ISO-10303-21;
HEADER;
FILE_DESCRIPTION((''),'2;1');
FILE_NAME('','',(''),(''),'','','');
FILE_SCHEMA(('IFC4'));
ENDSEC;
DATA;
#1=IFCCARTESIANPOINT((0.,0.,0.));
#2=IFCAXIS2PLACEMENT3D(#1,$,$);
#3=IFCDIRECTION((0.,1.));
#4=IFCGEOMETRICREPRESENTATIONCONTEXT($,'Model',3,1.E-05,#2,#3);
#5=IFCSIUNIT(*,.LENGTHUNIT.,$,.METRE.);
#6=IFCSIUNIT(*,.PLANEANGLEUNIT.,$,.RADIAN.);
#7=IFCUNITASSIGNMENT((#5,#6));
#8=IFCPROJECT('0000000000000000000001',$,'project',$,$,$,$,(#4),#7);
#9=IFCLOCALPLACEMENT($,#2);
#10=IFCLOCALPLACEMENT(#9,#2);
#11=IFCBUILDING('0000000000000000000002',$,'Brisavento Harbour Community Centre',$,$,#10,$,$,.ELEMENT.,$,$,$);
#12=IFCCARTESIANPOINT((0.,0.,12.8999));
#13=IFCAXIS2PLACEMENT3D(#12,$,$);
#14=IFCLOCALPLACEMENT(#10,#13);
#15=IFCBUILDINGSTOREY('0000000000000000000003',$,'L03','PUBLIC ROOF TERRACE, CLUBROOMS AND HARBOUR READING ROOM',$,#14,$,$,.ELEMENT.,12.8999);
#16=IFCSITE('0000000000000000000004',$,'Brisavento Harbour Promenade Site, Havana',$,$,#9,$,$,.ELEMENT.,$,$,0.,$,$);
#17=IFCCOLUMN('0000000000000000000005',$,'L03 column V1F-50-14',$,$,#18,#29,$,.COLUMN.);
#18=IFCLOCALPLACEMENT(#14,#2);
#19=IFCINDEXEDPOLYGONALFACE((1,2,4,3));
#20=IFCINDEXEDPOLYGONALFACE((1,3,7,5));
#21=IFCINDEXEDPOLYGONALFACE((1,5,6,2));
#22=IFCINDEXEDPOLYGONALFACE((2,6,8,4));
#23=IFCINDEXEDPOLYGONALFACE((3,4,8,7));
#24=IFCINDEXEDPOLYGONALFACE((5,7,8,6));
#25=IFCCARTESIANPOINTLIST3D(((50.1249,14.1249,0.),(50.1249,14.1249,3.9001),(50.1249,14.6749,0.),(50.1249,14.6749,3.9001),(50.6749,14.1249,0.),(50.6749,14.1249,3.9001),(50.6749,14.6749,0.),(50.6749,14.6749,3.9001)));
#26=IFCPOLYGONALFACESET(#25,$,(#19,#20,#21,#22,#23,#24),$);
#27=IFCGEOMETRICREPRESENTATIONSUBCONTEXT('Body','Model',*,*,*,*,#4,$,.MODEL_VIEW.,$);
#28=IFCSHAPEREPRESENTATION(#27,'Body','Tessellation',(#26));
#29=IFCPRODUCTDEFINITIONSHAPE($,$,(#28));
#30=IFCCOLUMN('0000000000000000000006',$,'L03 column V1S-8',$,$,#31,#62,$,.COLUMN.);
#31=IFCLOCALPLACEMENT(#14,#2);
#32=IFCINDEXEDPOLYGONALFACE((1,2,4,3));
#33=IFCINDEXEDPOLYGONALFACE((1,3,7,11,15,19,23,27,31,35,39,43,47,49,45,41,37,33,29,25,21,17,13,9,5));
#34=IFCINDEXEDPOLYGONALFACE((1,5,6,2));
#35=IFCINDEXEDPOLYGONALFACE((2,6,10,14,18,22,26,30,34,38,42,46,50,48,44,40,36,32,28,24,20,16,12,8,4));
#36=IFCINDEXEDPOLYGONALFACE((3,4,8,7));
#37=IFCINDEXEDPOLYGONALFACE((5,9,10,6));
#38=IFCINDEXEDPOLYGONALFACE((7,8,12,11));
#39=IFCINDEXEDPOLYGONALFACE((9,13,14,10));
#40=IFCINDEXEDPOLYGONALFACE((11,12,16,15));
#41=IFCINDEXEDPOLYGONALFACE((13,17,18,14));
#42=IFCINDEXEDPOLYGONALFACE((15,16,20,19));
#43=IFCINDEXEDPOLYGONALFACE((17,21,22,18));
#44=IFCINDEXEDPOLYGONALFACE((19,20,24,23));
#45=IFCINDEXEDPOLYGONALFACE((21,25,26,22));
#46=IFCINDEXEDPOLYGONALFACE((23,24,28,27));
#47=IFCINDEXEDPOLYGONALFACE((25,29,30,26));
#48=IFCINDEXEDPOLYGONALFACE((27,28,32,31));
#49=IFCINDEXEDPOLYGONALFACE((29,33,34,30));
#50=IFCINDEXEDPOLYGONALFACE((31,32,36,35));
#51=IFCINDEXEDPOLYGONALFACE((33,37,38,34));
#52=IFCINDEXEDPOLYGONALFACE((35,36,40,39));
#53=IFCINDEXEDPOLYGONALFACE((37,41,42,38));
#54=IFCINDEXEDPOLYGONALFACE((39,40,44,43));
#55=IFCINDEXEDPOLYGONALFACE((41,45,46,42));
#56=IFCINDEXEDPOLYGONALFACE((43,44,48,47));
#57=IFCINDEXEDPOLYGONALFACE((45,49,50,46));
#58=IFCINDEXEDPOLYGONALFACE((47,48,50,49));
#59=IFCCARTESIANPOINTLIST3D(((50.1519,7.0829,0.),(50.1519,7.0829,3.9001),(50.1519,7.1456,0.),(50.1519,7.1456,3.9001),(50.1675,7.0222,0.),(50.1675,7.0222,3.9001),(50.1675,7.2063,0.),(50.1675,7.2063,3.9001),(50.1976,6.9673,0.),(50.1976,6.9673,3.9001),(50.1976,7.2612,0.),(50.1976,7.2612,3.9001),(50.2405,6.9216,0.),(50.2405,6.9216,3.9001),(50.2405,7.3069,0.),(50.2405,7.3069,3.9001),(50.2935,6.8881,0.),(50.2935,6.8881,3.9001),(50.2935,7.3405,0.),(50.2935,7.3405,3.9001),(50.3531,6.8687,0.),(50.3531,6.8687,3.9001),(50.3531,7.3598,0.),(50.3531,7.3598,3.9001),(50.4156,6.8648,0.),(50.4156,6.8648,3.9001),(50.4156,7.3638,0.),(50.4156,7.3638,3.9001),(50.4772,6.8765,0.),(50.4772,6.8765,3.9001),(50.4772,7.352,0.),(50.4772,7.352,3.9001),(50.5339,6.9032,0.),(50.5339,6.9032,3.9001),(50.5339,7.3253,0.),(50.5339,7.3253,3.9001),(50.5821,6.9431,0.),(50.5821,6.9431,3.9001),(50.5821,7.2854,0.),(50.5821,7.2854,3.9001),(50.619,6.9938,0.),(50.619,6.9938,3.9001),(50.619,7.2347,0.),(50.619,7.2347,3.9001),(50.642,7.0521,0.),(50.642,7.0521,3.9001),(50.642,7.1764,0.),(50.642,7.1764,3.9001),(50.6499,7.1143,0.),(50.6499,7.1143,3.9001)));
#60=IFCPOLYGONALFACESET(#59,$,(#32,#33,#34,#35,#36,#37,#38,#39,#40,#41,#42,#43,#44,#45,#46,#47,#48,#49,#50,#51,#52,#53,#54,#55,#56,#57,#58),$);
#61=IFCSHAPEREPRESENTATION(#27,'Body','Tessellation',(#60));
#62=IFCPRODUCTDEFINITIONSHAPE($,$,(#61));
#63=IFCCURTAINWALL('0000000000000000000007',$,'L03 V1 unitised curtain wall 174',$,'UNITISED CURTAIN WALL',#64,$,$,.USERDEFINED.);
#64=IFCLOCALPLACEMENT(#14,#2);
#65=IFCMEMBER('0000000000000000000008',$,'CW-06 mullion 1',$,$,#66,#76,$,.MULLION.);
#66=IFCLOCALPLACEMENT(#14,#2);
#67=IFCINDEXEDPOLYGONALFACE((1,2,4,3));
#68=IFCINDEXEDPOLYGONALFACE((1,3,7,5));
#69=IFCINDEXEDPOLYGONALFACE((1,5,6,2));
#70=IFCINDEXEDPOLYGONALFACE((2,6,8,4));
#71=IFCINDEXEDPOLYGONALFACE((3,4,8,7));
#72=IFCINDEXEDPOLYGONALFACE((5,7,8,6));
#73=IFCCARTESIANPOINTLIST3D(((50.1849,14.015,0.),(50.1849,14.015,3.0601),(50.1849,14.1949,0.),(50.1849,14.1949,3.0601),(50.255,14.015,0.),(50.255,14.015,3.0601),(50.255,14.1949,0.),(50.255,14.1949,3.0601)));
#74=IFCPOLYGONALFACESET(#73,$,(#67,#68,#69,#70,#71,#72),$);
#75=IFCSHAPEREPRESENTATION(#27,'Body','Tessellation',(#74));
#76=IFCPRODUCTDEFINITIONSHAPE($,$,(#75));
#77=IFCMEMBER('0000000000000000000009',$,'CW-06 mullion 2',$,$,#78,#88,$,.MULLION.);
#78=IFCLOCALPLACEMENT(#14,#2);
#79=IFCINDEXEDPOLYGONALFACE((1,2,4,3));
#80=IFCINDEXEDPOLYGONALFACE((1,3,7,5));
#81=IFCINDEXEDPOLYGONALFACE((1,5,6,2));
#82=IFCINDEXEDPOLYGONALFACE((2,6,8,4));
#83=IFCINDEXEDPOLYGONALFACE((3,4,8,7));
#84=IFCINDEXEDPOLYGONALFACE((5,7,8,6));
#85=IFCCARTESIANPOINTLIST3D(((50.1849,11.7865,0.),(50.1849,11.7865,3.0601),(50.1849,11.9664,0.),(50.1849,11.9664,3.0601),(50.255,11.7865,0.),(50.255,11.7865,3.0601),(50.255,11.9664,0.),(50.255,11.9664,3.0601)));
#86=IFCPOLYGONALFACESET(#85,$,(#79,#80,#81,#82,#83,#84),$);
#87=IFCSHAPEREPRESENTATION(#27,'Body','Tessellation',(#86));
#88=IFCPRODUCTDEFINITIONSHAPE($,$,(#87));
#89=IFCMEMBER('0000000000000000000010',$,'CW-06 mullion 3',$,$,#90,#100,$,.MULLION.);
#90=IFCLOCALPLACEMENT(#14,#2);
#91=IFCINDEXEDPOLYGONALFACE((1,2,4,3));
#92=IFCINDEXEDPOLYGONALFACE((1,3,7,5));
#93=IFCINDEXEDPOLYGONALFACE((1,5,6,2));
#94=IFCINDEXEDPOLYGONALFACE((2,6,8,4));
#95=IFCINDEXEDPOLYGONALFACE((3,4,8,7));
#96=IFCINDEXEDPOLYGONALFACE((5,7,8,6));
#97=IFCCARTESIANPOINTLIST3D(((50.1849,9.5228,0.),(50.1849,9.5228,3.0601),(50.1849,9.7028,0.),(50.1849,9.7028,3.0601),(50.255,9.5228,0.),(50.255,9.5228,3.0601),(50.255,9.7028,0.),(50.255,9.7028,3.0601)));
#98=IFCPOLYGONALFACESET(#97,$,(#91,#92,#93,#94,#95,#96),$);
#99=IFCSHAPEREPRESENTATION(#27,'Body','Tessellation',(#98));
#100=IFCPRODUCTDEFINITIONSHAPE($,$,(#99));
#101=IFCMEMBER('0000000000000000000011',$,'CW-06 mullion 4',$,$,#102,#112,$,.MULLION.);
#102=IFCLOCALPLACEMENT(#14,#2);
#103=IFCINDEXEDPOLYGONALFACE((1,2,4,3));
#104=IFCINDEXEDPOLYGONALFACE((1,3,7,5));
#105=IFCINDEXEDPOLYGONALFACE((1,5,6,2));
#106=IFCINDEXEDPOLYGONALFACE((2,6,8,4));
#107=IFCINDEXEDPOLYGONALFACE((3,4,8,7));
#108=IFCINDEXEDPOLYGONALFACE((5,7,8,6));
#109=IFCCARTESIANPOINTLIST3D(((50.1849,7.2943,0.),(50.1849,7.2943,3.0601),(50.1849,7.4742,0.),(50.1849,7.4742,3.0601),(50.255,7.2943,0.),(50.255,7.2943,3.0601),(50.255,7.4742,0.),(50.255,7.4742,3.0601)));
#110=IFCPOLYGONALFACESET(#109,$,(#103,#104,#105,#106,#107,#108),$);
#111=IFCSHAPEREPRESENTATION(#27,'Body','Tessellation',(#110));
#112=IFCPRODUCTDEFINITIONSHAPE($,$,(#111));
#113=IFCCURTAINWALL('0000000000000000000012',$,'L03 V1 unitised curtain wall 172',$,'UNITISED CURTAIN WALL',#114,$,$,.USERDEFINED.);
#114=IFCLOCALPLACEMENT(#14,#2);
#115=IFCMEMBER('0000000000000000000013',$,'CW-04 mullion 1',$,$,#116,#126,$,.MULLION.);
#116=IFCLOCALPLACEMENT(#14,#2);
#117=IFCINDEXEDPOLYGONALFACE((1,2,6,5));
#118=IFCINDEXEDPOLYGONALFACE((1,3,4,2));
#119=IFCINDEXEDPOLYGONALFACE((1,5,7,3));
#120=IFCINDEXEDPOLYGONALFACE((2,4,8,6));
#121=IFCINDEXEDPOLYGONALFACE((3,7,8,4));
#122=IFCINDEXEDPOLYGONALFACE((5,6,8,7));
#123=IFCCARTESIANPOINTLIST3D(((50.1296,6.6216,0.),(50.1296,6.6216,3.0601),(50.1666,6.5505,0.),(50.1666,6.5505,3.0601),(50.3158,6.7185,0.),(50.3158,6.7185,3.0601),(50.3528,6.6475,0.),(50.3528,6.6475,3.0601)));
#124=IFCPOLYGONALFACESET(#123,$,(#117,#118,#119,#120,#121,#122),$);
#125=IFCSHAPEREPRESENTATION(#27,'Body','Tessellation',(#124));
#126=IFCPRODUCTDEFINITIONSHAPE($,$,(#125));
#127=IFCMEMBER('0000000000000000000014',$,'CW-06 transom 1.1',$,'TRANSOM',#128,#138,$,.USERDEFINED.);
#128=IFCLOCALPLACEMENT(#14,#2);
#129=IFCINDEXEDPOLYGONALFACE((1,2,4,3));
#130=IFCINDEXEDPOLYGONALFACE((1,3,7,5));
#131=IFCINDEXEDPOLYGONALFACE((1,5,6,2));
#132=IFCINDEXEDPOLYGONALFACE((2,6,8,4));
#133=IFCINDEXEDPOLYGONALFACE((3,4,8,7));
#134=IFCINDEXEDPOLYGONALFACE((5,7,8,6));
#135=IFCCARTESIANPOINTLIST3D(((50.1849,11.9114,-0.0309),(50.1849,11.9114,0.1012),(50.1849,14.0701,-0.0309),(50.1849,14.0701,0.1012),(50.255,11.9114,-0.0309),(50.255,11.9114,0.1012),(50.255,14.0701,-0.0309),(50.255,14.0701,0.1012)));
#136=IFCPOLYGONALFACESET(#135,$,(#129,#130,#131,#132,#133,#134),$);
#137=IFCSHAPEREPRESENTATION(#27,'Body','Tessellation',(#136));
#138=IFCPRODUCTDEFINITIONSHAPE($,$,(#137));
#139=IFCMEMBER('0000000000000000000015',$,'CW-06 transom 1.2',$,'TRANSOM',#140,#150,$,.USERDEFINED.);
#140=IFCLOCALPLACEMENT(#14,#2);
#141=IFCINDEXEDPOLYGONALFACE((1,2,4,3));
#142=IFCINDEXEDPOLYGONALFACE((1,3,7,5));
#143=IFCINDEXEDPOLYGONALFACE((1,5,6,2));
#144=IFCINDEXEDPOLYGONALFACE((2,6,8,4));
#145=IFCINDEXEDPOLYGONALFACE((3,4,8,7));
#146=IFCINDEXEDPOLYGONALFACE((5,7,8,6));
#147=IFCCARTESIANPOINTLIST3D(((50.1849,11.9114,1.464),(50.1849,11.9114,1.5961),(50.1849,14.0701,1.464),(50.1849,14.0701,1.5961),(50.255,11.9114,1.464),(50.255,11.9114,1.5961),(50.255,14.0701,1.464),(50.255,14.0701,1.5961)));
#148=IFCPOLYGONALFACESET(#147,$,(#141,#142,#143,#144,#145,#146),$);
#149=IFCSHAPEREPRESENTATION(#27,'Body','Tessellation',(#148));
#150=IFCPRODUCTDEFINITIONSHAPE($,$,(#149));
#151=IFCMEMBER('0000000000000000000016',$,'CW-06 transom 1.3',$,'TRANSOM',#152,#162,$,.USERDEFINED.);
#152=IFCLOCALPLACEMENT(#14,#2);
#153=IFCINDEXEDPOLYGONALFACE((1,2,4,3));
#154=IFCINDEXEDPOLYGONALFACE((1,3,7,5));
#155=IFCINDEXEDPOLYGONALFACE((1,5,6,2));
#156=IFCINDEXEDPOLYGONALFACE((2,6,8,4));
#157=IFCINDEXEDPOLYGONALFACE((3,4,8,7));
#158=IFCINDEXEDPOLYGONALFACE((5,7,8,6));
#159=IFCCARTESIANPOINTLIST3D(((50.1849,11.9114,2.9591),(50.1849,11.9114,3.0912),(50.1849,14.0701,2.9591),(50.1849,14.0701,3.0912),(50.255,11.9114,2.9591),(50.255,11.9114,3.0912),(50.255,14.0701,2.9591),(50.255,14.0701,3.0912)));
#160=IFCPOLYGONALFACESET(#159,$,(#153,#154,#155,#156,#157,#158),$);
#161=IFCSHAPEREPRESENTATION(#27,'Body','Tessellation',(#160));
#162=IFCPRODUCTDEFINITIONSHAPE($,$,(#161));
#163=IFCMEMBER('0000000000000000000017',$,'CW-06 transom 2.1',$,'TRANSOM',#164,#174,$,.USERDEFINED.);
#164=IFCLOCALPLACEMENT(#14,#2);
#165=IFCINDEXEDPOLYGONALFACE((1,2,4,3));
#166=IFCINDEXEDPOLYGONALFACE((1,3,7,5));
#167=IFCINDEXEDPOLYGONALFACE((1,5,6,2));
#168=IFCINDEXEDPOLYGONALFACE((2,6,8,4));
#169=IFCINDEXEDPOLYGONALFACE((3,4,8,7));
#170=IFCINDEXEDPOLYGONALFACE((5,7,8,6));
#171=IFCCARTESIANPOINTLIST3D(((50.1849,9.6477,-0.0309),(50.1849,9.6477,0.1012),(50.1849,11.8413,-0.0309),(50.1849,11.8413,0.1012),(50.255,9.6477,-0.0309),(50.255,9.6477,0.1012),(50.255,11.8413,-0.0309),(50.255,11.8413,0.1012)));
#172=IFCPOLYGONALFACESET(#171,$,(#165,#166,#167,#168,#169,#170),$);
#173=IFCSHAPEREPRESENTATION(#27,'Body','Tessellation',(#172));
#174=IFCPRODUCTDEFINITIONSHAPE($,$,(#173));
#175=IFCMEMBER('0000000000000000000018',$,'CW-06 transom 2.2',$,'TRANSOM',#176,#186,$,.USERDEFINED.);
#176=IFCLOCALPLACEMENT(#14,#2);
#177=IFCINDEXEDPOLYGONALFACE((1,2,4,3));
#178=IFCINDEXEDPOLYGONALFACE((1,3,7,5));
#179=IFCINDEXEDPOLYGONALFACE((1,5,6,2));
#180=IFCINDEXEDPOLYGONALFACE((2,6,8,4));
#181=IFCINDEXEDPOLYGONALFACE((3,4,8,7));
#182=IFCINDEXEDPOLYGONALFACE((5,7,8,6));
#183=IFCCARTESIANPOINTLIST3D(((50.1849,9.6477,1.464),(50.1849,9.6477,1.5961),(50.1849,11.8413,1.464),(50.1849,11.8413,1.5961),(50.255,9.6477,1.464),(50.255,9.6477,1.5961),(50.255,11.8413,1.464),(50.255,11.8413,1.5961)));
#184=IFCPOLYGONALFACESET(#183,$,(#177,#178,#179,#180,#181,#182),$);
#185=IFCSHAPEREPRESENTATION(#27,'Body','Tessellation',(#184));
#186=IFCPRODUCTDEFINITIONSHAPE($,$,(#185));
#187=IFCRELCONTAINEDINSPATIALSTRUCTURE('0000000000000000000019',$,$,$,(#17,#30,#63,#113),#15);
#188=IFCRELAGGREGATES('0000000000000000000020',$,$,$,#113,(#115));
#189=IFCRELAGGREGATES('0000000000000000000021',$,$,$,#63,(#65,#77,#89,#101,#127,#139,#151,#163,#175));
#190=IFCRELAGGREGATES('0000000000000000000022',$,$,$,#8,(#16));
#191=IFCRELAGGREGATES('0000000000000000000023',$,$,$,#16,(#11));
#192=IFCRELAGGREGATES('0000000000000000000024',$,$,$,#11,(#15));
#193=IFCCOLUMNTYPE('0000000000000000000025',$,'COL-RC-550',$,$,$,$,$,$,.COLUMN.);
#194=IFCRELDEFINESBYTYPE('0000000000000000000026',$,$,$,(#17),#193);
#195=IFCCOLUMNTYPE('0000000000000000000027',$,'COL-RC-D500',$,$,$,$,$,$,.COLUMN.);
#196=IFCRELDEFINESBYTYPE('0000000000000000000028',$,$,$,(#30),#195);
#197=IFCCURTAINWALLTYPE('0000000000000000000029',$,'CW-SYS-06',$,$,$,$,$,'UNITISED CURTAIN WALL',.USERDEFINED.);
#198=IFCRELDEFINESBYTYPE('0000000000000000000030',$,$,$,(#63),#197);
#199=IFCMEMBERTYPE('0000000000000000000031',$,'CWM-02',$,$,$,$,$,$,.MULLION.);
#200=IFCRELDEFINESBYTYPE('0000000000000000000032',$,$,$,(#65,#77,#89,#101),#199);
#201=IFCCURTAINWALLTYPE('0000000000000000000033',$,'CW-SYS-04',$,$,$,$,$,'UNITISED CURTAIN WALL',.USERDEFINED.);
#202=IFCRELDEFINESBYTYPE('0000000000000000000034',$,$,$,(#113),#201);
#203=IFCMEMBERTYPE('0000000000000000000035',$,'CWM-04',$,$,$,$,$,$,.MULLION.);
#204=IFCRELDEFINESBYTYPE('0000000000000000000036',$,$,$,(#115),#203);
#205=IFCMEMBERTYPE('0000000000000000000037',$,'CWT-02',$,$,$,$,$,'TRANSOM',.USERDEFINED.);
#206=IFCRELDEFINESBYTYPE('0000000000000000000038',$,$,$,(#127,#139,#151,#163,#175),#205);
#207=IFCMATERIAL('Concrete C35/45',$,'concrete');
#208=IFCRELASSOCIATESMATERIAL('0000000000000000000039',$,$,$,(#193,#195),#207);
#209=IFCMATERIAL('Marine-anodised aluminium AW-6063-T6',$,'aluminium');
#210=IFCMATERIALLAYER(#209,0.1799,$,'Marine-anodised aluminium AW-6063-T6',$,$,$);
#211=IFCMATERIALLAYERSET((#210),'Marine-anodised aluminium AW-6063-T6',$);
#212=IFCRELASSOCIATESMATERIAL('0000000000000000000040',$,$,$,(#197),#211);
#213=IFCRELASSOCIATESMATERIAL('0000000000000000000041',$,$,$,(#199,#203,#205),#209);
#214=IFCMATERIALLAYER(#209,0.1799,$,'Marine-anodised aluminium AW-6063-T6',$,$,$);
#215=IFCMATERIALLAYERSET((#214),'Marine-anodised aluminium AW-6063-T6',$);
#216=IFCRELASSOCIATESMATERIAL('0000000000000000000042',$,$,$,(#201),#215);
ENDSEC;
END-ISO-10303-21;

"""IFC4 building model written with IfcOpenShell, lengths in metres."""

from ifc_helpers import new_model, si_unit, direction, frame, origin, origin_2d, place, context, subcontext, project, spatial, rectangle, circle, extrude, material, layer, layer_set, material_profile, profile_set, type_object, element, aggregate, save


model = new_model("IFC4")

# Units and contexts
model_context = context("Model", 3, precision=1e-05, world=origin(), true_north=direction((0.0, 1.0)))
body_context = subcontext(model_context, "Body", "Model", "MODEL_VIEW")
ifc_project = project(units=[si_unit("LENGTHUNIT", "METRE"), si_unit("PLANEANGLEUNIT", "RADIAN")], contexts=[model_context])

# Site, building, storey
site_placement = place(None, origin())
site = spatial("IfcSite", under=ifc_project, at=site_placement, Name="Brisavento Harbour Promenade Site, Havana", CompositionType="ELEMENT", RefElevation=0.0)
building_placement = place(site_placement, origin())
building = spatial("IfcBuilding", under=site, at=building_placement, Name="Brisavento Harbour Community Centre", CompositionType="ELEMENT")
storey_placement = place(building_placement, frame((0.0, 0.0, 12.8999)))
storey = spatial("IfcBuildingStorey", under=building, at=storey_placement, Name="L03", Description="PUBLIC ROOF TERRACE, CLUBROOMS AND HARBOUR READING ROOM", CompositionType="ELEMENT", Elevation=12.8999)

# Columns
ifc_material_1 = material(Name="Concrete C35/45", Category="concrete")
ifc_material_profile_1 = material_profile(ifc_material_1, rectangle(XDim=0.55, YDim=0.55, at=origin_2d()), Name="Concrete C35/45")
ifc_profile_set_1 = profile_set([ifc_material_profile_1], Name="Concrete C35/45")
column_type_1 = type_object("IfcColumnType", Name="COL-RC-550", PredefinedType="COLUMN", material=ifc_profile_set_1)
column_1_placement = place(storey_placement, frame((50.3999, 14.3999, 0.0), z_axis=(0.0, 0.0, 1.0), x_axis=(1.0, 0.0, 0.0)))
element("IfcColumn", 1, at=column_1_placement, inside=storey, type_object=column_type_1, Name="L03 column V1F-50-14", PredefinedType="COLUMN", context=body_context, shape_type="SweptSolid", body=[
    extrude(rectangle(XDim=0.55, YDim=0.55, at=origin_2d()), origin(), (0.0, 0.0, 1.0), 3.9001),
])
ifc_material_profile_2 = material_profile(ifc_material_1, circle(Radius=0.25, at=origin_2d()), Name="Concrete C35/45")
ifc_profile_set_2 = profile_set([ifc_material_profile_2], Name="Concrete C35/45")
column_type_2 = type_object("IfcColumnType", Name="COL-RC-D500", PredefinedType="COLUMN", material=ifc_profile_set_2)
column_2_placement = place(storey_placement, frame((50.3999, 7.1143, 0.0), z_axis=(0.0, 0.0, 1.0), x_axis=(1.0, 0.0, 0.0)))
element("IfcColumn", 2, at=column_2_placement, inside=storey, type_object=column_type_2, Name="L03 column V1S-8", PredefinedType="COLUMN", context=body_context, shape_type="SweptSolid", body=[
    extrude(circle(Radius=0.25, at=origin_2d()), origin(), (0.0, 0.0, 1.0), 3.9001),
])

# Curtain wall, members
ifc_material_2 = material(Name="Marine-anodised aluminium AW-6063-T6", Category="aluminium")
ifc_layer_1 = layer(ifc_material_2, 0.1799, Name="Marine-anodised aluminium AW-6063-T6")
ifc_layer_set_1 = layer_set([ifc_layer_1], Name="Marine-anodised aluminium AW-6063-T6")
curtain_wall_type_1 = type_object("IfcCurtainWallType", Name="CW-SYS-06", ElementType="UNITISED CURTAIN WALL", PredefinedType="USERDEFINED", material=ifc_layer_set_1)
curtain_wall_1_placement = place(storey_placement, origin())
curtain_wall_1 = element("IfcCurtainWall", 3, at=curtain_wall_1_placement, inside=storey, type_object=curtain_wall_type_1, Name="L03 V1 unitised curtain wall 174", ObjectType="UNITISED CURTAIN WALL", PredefinedType="USERDEFINED")
ifc_material_profile_3 = material_profile(ifc_material_2, rectangle(XDim=0.0701, YDim=0.1799, at=origin_2d()), Name="Marine-anodised aluminium AW-6063-T6")
ifc_profile_set_3 = profile_set([ifc_material_profile_3], Name="Marine-anodised aluminium AW-6063-T6")
member_type_1 = type_object("IfcMemberType", Name="CWM-02", PredefinedType="MULLION", material=ifc_profile_set_3)
member_1_placement = place(storey_placement, frame((50.22, 14.105, 0.0), z_axis=(0.0, 0.0, 1.0), x_axis=(1.0, 0.0, 0.0)))
member_1 = element("IfcMember", 4, at=member_1_placement, type_object=member_type_1, Name="CW-06 mullion 1", PredefinedType="MULLION", context=body_context, shape_type="SweptSolid", body=[
    extrude(rectangle(XDim=0.0701, YDim=0.1799, at=origin_2d()), origin(), (0.0, 0.0, 1.0), 3.0601),
])
member_2_placement = place(storey_placement, frame((50.22, 11.8765, 0.0), z_axis=(0.0, 0.0, 1.0), x_axis=(1.0, 0.0, 0.0)))
member_2 = element("IfcMember", 5, at=member_2_placement, type_object=member_type_1, Name="CW-06 mullion 2", PredefinedType="MULLION", context=body_context, shape_type="SweptSolid", body=[
    extrude(rectangle(XDim=0.0701, YDim=0.1799, at=origin_2d()), origin(), (0.0, 0.0, 1.0), 3.0601),
])
member_3_placement = place(storey_placement, frame((50.22, 9.6128, 0.0), z_axis=(0.0, 0.0, 1.0), x_axis=(1.0, 0.0, 0.0)))
member_3 = element("IfcMember", 6, at=member_3_placement, type_object=member_type_1, Name="CW-06 mullion 3", PredefinedType="MULLION", context=body_context, shape_type="SweptSolid", body=[
    extrude(rectangle(XDim=0.0701, YDim=0.1799, at=origin_2d()), origin(), (0.0, 0.0, 1.0), 3.0601),
])
member_4_placement = place(storey_placement, frame((50.22, 7.3843, 0.0), z_axis=(0.0, 0.0, 1.0), x_axis=(1.0, 0.0, 0.0)))
member_4 = element("IfcMember", 7, at=member_4_placement, type_object=member_type_1, Name="CW-06 mullion 4", PredefinedType="MULLION", context=body_context, shape_type="SweptSolid", body=[
    extrude(rectangle(XDim=0.0701, YDim=0.1799, at=origin_2d()), origin(), (0.0, 0.0, 1.0), 3.0601),
])

# Curtain wall, member
ifc_layer_2 = layer(ifc_material_2, 0.1799, Name="Marine-anodised aluminium AW-6063-T6")
ifc_layer_set_2 = layer_set([ifc_layer_2], Name="Marine-anodised aluminium AW-6063-T6")
curtain_wall_type_2 = type_object("IfcCurtainWallType", Name="CW-SYS-04", ElementType="UNITISED CURTAIN WALL", PredefinedType="USERDEFINED", material=ifc_layer_set_2)
curtain_wall_2_placement = place(storey_placement, origin())
curtain_wall_2 = element("IfcCurtainWall", 8, at=curtain_wall_2_placement, inside=storey, type_object=curtain_wall_type_2, Name="L03 V1 unitised curtain wall 172", ObjectType="UNITISED CURTAIN WALL", PredefinedType="USERDEFINED")
ifc_material_profile_4 = material_profile(ifc_material_2, rectangle(XDim=0.0801, YDim=0.21, at=origin_2d()), Name="Marine-anodised aluminium AW-6063-T6")
ifc_profile_set_4 = profile_set([ifc_material_profile_4], Name="Marine-anodised aluminium AW-6063-T6")
member_type_2 = type_object("IfcMemberType", Name="CWM-04", PredefinedType="MULLION", material=ifc_profile_set_4)
member_5_placement = place(storey_placement, frame((50.2412, 6.6345, 0.0), z_axis=(0.0, 0.0, 1.0), x_axis=(0.461732, -0.88702, 0.0)))
member_5 = element("IfcMember", 9, at=member_5_placement, type_object=member_type_2, Name="CW-04 mullion 1", PredefinedType="MULLION", context=body_context, shape_type="SweptSolid", body=[
    extrude(rectangle(XDim=0.0801, YDim=0.21, at=origin_2d()), origin(), (0.0, 0.0, 1.0), 3.0601),
])
aggregate(curtain_wall_2, [member_5])

# Members
ifc_material_profile_5 = material_profile(ifc_material_2, rectangle(XDim=0.0701, YDim=0.1321, at=origin_2d()), Name="Marine-anodised aluminium AW-6063-T6")
ifc_profile_set_5 = profile_set([ifc_material_profile_5], Name="Marine-anodised aluminium AW-6063-T6")
member_type_3 = type_object("IfcMemberType", Name="CWT-02", ElementType="TRANSOM", PredefinedType="USERDEFINED", material=ifc_profile_set_5)
member_6_placement = place(storey_placement, frame((50.22, 14.0701, 0.0352), z_axis=(0.0, -1.0, 0.0), x_axis=(1.0, 0.0, 0.0)))
member_6 = element("IfcMember", 10, at=member_6_placement, type_object=member_type_3, Name="CW-06 transom 1.1", ObjectType="TRANSOM", PredefinedType="USERDEFINED", context=body_context, shape_type="SweptSolid", body=[
    extrude(rectangle(XDim=0.0701, YDim=0.1321, at=origin_2d()), origin(), (0.0, 0.0, 1.0), 2.1587),
])
member_7_placement = place(storey_placement, frame((50.22, 14.0701, 1.53), z_axis=(0.0, -1.0, 0.0), x_axis=(1.0, 0.0, 0.0)))
member_7 = element("IfcMember", 11, at=member_7_placement, type_object=member_type_3, Name="CW-06 transom 1.2", ObjectType="TRANSOM", PredefinedType="USERDEFINED", context=body_context, shape_type="SweptSolid", body=[
    extrude(rectangle(XDim=0.0701, YDim=0.1321, at=origin_2d()), origin(), (0.0, 0.0, 1.0), 2.1587),
])
member_8_placement = place(storey_placement, frame((50.22, 14.0701, 3.0251), z_axis=(0.0, -1.0, 0.0), x_axis=(1.0, 0.0, 0.0)))
member_8 = element("IfcMember", 12, at=member_8_placement, type_object=member_type_3, Name="CW-06 transom 1.3", ObjectType="TRANSOM", PredefinedType="USERDEFINED", context=body_context, shape_type="SweptSolid", body=[
    extrude(rectangle(XDim=0.0701, YDim=0.1321, at=origin_2d()), origin(), (0.0, 0.0, 1.0), 2.1587),
])
member_9_placement = place(storey_placement, frame((50.22, 11.8413, 0.0352), z_axis=(0.0, -1.0, 0.0), x_axis=(1.0, 0.0, 0.0)))
member_9 = element("IfcMember", 13, at=member_9_placement, type_object=member_type_3, Name="CW-06 transom 2.1", ObjectType="TRANSOM", PredefinedType="USERDEFINED", context=body_context, shape_type="SweptSolid", body=[
    extrude(rectangle(XDim=0.0701, YDim=0.1321, at=origin_2d()), origin(), (0.0, 0.0, 1.0), 2.1936),
])
member_10_placement = place(storey_placement, frame((50.22, 11.8413, 1.53), z_axis=(0.0, -1.0, 0.0), x_axis=(1.0, 0.0, 0.0)))
member_10 = element("IfcMember", 14, at=member_10_placement, type_object=member_type_3, Name="CW-06 transom 2.2", ObjectType="TRANSOM", PredefinedType="USERDEFINED", context=body_context, shape_type="SweptSolid", body=[
    extrude(rectangle(XDim=0.0701, YDim=0.1321, at=origin_2d()), origin(), (0.0, 0.0, 1.0), 2.1936),
])

aggregate(curtain_wall_1, [member_1, member_2, member_3, member_4, member_6, member_7, member_8, member_9, member_10])

save(model, "model.ifc")
